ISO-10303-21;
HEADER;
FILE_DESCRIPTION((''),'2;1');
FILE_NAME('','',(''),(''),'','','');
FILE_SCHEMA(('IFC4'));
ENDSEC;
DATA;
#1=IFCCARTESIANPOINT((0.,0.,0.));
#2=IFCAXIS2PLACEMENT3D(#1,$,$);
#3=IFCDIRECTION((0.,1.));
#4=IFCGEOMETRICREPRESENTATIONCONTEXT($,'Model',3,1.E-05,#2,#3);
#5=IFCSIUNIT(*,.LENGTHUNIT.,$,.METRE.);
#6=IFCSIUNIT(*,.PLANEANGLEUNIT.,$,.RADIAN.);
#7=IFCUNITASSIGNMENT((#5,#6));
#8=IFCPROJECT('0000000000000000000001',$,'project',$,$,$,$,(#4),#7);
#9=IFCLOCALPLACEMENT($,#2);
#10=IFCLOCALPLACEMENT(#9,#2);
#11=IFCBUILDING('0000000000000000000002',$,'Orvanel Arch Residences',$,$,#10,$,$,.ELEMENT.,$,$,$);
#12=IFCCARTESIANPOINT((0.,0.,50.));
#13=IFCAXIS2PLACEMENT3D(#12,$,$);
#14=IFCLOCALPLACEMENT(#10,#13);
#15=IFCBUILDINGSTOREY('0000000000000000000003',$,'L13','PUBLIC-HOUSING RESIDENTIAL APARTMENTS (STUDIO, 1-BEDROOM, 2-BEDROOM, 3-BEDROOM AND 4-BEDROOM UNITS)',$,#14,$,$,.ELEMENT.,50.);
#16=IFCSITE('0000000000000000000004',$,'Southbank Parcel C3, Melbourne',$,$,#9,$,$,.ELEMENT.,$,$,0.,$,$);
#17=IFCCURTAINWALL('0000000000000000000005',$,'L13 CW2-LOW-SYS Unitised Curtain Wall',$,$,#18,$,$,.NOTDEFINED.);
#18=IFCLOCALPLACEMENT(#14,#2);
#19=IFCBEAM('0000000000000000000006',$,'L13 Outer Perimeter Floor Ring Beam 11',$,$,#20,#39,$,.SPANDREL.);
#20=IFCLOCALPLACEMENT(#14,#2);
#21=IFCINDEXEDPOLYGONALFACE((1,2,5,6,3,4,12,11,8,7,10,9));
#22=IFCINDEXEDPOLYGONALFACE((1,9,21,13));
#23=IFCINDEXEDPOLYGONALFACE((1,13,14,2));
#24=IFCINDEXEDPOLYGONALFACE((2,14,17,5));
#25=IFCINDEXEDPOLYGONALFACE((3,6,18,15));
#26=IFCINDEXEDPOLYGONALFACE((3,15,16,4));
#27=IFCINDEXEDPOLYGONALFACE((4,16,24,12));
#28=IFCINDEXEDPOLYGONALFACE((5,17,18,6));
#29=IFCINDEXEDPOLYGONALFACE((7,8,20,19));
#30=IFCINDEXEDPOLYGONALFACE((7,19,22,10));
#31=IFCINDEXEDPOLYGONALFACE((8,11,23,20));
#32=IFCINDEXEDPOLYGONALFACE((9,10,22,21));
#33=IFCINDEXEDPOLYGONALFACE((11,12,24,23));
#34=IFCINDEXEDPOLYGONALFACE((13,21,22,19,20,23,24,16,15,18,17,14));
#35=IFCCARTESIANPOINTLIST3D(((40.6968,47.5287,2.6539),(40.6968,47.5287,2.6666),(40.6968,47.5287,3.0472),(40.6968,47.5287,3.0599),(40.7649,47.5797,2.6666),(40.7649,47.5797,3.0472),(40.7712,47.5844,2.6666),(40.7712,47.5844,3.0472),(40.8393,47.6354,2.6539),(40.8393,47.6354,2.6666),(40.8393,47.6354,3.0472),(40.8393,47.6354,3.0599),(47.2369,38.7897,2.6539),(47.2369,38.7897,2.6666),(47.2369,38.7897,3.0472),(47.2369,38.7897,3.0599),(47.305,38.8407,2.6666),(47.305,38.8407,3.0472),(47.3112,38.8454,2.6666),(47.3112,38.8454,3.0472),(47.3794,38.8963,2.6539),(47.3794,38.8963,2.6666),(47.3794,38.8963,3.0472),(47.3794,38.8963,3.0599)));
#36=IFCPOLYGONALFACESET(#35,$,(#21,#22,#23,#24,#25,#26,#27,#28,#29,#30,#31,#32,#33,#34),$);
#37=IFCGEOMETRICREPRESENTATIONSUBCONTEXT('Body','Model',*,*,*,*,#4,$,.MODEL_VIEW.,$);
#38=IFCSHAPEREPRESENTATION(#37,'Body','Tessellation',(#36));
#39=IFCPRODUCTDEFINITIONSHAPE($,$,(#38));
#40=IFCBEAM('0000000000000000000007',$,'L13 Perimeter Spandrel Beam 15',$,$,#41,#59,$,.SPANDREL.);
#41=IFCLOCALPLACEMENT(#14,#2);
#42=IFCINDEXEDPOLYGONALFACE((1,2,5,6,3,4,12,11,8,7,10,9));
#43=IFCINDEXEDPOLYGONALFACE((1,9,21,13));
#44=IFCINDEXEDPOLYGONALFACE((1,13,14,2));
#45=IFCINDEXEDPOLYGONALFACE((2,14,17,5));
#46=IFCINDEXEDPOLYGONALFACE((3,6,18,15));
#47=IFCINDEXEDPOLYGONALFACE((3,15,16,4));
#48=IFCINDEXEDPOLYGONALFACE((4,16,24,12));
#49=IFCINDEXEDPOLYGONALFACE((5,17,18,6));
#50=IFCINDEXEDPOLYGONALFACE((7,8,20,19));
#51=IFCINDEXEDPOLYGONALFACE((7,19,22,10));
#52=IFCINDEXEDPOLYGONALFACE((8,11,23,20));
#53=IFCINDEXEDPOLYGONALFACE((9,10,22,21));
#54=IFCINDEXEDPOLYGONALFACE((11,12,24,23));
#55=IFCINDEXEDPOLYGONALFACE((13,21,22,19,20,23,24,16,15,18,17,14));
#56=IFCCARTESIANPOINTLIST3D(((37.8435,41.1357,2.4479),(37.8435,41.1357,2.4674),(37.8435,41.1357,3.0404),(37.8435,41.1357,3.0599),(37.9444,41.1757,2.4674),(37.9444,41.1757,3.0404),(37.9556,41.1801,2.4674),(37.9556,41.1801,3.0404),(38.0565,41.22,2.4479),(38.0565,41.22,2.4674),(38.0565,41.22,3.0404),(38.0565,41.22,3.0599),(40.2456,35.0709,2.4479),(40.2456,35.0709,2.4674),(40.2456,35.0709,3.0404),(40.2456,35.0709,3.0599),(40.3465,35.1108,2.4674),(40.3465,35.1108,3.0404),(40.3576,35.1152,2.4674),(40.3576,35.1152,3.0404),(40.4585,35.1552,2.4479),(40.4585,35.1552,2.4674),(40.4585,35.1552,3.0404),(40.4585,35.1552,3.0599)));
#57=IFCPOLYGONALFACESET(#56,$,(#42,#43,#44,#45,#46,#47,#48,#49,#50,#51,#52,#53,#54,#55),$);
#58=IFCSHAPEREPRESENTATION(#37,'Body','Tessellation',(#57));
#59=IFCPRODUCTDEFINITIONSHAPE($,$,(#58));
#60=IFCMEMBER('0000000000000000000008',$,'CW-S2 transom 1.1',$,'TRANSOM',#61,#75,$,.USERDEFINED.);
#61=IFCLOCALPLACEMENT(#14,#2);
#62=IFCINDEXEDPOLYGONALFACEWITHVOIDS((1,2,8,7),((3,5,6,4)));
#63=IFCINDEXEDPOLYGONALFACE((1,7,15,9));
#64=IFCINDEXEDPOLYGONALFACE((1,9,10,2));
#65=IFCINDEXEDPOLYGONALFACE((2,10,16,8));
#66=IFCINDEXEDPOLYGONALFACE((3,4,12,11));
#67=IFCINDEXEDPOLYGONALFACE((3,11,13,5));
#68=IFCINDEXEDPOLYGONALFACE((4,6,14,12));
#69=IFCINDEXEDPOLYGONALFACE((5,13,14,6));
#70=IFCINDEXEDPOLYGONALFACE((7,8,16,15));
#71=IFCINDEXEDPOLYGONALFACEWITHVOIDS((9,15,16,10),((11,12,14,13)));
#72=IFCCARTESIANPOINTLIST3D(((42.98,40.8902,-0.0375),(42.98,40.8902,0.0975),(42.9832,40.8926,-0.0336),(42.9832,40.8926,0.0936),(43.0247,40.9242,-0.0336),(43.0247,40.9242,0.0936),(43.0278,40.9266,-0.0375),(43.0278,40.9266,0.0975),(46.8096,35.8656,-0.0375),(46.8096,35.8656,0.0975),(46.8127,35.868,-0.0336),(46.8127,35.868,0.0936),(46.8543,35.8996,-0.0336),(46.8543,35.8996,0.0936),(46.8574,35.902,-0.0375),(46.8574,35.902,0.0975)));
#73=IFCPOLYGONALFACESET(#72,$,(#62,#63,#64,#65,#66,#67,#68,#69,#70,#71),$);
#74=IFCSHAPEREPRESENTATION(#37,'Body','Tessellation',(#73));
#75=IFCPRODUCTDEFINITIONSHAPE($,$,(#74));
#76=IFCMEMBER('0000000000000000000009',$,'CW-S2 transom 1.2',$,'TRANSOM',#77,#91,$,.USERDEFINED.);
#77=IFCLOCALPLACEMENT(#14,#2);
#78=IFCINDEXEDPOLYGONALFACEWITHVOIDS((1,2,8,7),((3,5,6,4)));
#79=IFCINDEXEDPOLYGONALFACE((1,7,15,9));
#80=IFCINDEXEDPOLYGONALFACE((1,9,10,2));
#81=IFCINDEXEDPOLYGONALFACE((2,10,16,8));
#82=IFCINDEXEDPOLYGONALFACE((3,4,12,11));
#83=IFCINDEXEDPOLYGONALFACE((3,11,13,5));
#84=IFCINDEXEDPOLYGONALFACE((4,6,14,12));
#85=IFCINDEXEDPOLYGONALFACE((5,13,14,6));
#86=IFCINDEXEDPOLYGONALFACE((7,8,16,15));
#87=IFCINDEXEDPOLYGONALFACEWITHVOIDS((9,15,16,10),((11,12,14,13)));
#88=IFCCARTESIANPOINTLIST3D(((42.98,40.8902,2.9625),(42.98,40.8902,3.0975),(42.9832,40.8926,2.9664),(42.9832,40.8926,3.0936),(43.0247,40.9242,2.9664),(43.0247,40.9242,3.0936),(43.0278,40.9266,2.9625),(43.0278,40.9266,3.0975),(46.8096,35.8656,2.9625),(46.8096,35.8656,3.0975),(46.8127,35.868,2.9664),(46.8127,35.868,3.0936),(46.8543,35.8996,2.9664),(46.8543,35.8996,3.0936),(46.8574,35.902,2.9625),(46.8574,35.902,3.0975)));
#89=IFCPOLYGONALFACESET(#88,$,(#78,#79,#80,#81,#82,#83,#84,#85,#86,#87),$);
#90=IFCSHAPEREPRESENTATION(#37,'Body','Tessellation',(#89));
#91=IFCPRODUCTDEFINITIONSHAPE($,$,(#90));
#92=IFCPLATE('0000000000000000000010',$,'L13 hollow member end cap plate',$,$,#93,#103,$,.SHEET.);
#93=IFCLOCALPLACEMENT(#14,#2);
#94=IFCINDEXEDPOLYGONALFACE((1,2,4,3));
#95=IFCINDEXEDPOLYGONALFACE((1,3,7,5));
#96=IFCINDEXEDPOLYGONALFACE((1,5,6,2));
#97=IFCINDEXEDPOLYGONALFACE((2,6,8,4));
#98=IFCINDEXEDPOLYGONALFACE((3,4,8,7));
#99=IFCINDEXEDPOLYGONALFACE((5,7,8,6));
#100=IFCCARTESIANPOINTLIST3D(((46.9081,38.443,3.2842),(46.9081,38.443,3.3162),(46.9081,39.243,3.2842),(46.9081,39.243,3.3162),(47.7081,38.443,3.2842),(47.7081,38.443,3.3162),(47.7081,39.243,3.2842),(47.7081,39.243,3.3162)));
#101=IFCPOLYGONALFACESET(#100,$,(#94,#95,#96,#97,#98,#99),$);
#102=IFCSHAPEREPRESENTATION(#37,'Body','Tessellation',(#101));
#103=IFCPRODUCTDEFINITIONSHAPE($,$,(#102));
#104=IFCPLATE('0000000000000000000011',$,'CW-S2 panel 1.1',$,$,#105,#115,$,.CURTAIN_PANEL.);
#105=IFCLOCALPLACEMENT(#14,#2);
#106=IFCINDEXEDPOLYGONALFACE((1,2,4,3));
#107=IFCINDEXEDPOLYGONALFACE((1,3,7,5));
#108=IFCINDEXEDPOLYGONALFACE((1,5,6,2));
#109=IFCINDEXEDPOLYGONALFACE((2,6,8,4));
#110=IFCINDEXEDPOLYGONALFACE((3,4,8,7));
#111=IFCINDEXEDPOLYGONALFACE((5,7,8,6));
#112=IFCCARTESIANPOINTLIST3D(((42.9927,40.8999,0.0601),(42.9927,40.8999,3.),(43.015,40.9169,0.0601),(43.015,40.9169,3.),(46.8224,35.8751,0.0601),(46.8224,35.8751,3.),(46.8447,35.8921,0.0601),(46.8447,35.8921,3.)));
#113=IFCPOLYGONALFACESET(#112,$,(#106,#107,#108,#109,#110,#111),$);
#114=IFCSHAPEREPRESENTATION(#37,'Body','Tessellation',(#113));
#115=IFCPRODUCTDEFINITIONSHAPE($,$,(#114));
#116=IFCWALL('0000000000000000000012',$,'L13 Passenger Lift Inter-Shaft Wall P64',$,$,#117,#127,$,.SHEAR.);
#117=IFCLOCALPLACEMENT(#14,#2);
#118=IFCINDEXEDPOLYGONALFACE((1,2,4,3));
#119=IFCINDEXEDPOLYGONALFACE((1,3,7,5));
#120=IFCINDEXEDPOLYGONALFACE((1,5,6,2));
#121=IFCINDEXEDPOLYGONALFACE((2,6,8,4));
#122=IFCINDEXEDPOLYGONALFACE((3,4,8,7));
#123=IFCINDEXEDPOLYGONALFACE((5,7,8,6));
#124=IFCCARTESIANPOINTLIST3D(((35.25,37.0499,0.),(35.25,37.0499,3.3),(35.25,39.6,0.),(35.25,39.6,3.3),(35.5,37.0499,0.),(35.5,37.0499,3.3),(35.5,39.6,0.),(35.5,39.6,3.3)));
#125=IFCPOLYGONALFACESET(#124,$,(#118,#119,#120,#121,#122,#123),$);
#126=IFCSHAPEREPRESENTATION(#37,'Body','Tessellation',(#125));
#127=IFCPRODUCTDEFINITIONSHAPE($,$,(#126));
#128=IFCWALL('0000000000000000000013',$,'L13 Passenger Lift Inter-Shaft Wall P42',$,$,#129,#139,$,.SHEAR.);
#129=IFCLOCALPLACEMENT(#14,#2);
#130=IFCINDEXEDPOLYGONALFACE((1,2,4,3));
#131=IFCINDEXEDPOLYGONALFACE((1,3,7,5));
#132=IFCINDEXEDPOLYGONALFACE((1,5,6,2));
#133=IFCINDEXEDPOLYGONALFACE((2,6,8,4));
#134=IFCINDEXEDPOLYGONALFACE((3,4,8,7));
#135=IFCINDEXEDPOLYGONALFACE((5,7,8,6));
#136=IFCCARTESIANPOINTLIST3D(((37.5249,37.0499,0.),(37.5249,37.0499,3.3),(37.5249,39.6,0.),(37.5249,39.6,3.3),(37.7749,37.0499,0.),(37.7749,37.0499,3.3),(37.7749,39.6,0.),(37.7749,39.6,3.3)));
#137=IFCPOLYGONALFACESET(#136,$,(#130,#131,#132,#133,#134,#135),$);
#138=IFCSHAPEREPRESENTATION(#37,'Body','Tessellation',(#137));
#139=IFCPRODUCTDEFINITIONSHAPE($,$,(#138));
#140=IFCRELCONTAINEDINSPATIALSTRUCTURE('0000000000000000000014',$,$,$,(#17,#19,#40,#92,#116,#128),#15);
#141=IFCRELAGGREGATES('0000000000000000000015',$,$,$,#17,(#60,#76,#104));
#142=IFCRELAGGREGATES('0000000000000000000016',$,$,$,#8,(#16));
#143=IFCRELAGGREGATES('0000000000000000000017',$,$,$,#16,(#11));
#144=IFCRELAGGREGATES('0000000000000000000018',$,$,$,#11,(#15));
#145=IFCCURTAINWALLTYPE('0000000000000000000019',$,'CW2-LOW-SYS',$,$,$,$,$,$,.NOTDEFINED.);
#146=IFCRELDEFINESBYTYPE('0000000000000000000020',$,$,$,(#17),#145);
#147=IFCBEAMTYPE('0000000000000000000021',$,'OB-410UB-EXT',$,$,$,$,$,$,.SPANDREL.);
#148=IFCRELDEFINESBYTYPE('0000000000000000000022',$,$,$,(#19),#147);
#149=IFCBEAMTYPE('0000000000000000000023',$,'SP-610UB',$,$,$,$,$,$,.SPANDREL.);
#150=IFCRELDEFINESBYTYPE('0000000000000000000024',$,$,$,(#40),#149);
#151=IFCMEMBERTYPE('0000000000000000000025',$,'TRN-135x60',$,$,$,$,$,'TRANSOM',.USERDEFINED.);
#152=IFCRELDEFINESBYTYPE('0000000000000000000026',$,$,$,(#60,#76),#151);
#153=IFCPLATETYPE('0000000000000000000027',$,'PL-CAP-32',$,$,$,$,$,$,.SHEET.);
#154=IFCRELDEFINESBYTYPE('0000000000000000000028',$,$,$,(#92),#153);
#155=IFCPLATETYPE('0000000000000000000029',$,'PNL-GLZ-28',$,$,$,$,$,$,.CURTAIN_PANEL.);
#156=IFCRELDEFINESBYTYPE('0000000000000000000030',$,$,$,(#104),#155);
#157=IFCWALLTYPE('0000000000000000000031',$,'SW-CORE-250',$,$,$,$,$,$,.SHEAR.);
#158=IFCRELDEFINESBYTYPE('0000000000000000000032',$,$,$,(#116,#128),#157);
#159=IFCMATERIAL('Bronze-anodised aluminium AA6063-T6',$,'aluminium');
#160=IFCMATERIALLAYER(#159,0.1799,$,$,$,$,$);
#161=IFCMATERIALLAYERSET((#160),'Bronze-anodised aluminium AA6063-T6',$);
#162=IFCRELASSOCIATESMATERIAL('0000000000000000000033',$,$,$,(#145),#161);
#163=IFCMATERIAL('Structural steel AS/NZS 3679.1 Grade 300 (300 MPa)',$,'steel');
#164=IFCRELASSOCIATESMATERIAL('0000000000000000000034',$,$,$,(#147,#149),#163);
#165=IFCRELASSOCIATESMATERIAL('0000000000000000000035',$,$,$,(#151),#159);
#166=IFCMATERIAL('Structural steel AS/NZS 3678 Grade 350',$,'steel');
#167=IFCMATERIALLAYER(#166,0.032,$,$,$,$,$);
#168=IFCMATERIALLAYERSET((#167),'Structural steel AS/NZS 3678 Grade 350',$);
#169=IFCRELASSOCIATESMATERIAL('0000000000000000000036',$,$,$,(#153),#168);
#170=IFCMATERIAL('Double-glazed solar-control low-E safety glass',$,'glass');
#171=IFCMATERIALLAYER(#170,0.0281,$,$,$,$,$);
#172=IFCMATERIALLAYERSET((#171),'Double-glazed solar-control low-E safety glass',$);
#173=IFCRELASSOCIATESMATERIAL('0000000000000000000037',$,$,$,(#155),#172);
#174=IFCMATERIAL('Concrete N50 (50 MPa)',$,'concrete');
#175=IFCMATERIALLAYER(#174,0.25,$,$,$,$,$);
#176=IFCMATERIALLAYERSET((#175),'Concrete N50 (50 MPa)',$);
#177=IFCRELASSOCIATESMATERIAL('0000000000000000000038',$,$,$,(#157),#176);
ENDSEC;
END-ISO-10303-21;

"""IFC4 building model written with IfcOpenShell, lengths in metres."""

from ifc_helpers import new_model, si_unit, direction, frame, frame_2d, origin, origin_2d, place, context, subcontext, project, spatial, rectangle, hollow_rectangle, i_section, extrude, material, layer, layer_set, material_profile, profile_set, type_object, element, aggregate, save


model = new_model("IFC4")

# Units and contexts
model_context = context("Model", 3, precision=1e-05, world=origin(), true_north=direction((0.0, 1.0)))
body_context = subcontext(model_context, "Body", "Model", "MODEL_VIEW")
ifc_project = project(units=[si_unit("LENGTHUNIT", "METRE"), si_unit("PLANEANGLEUNIT", "RADIAN")], contexts=[model_context])

# Site, building, storey
site_placement = place(None, origin())
site = spatial("IfcSite", under=ifc_project, at=site_placement, Name="Southbank Parcel C3, Melbourne", CompositionType="ELEMENT", RefElevation=0.0)
building_placement = place(site_placement, origin())
building = spatial("IfcBuilding", under=site, at=building_placement, Name="Orvanel Arch Residences", CompositionType="ELEMENT")
storey_placement = place(building_placement, frame((0.0, 0.0, 50.0)))
storey = spatial("IfcBuildingStorey", under=building, at=storey_placement, Name="L13", Description="PUBLIC-HOUSING RESIDENTIAL APARTMENTS (STUDIO, 1-BEDROOM, 2-BEDROOM, 3-BEDROOM AND 4-BEDROOM UNITS)", CompositionType="ELEMENT", Elevation=50.0)

# Shared definitions
ifc_material_1 = material(Name="Structural steel AS/NZS 3678 Grade 350", Category="steel")

# Shared definitions
ifc_material_2 = material(Name="Structural steel AS/NZS 3679.1 Grade 300 (300 MPa)", Category="steel")

# Curtain wall
ifc_material_3 = material(Name="Bronze-anodised aluminium AA6063-T6", Category="aluminium")
ifc_layer_1 = layer(ifc_material_3, 0.1799)
ifc_layer_set_1 = layer_set([ifc_layer_1], Name="Bronze-anodised aluminium AA6063-T6")
curtain_wall_type = type_object("IfcCurtainWallType", Name="CW2-LOW-SYS", PredefinedType="NOTDEFINED", material=ifc_layer_set_1)
curtain_wall_1_placement = place(storey_placement, origin())
curtain_wall_1 = element("IfcCurtainWall", 1, at=curtain_wall_1_placement, inside=storey, type_object=curtain_wall_type, Name="L13 CW2-LOW-SYS Unitised Curtain Wall", PredefinedType="NOTDEFINED")

# Beams
ifc_material_profile_1 = material_profile(ifc_material_2, i_section(OverallWidth=0.178, OverallDepth=0.406, WebThickness=0.0078, FlangeThickness=0.0127, at=origin_2d()), Name="410UB59.7")
ifc_profile_set_1 = profile_set([ifc_material_profile_1], Name="Structural steel AS/NZS 3679.1 Grade 300 (300 MPa)")
beam_type_1 = type_object("IfcBeamType", Name="OB-410UB-EXT", PredefinedType="SPANDREL", material=ifc_profile_set_1)
beam_1_placement = place(storey_placement, frame((47.3081, 38.843, 2.8569), z_axis=(-0.599166, 0.800625, 0.0), x_axis=(-0.800625, -0.599166, 0.0)))
element("IfcBeam", 2, at=beam_1_placement, inside=storey, type_object=beam_type_1, Name="L13 Outer Perimeter Floor Ring Beam 11", PredefinedType="SPANDREL", context=body_context, shape_type="SweptSolid", body=[
    extrude(i_section(OverallWidth=0.178, OverallDepth=0.406, WebThickness=0.0078, FlangeThickness=0.0127, at=origin_2d()), origin(), (0.0, 0.0, 1.0), 10.9153),
])
ifc_material_profile_2 = material_profile(ifc_material_2, i_section(OverallWidth=0.229, OverallDepth=0.6121, WebThickness=0.012, FlangeThickness=0.0195, at=origin_2d()), Name="610UB125")
ifc_profile_set_2 = profile_set([ifc_material_profile_2], Name="Structural steel AS/NZS 3679.1 Grade 300 (300 MPa)")
beam_type_2 = type_object("IfcBeamType", Name="SP-610UB", PredefinedType="SPANDREL", material=ifc_profile_set_2)
beam_2_placement = place(storey_placement, frame((40.3521, 35.113, 2.7539), z_axis=(-0.368233, 0.929733, 0.0), x_axis=(-0.929733, -0.368233, 0.0)))
element("IfcBeam", 3, at=beam_2_placement, inside=storey, type_object=beam_type_2, Name="L13 Perimeter Spandrel Beam 15", PredefinedType="SPANDREL", context=body_context, shape_type="SweptSolid", body=[
    extrude(i_section(OverallWidth=0.229, OverallDepth=0.6121, WebThickness=0.012, FlangeThickness=0.0195, at=origin_2d()), origin(), (0.0, 0.0, 1.0), 6.5232),
])

# Members
ifc_material_profile_3 = material_profile(ifc_material_3, hollow_rectangle(XDim=0.0601, YDim=0.135, WallThickness=0.0039, at=origin_2d()), Name="ALU135x60x4")
ifc_profile_set_3 = profile_set([ifc_material_profile_3], Name="Bronze-anodised aluminium AA6063-T6")
member_type_1 = type_object("IfcMemberType", Name="TRN-135x60", ElementType="TRANSOM", PredefinedType="USERDEFINED", material=ifc_profile_set_3)
member_1_placement = place(storey_placement, frame((46.8335, 35.8838, 0.03), z_axis=(-0.606171, 0.795334, 0.0), x_axis=(-0.795334, -0.606171, 0.0)))
member_1 = element("IfcMember", 4, at=member_1_placement, type_object=member_type_1, Name="CW-S2 transom 1.1", ObjectType="TRANSOM", PredefinedType="USERDEFINED", context=body_context, shape_type="SweptSolid", body=[
    extrude(hollow_rectangle(XDim=0.0601, YDim=0.135, WallThickness=0.0039, at=origin_2d()), origin(), (0.0, 0.0, 1.0), 6.3176),
])
member_2_placement = place(storey_placement, frame((46.8335, 35.8838, 3.03), z_axis=(-0.606171, 0.795334, 0.0), x_axis=(-0.795334, -0.606171, 0.0)))
member_2 = element("IfcMember", 5, at=member_2_placement, type_object=member_type_1, Name="CW-S2 transom 1.2", ObjectType="TRANSOM", PredefinedType="USERDEFINED", context=body_context, shape_type="SweptSolid", body=[
    extrude(hollow_rectangle(XDim=0.0601, YDim=0.135, WallThickness=0.0039, at=origin_2d()), origin(), (0.0, 0.0, 1.0), 6.3176),
])

# Plates
ifc_layer_2 = layer(ifc_material_1, 0.032)
ifc_layer_set_2 = layer_set([ifc_layer_2], Name="Structural steel AS/NZS 3678 Grade 350")
plate_type_1 = type_object("IfcPlateType", Name="PL-CAP-32", PredefinedType="SHEET", material=ifc_layer_set_2)
plate_1_placement = place(storey_placement, frame((47.3081, 38.843, 3.2842), z_axis=(0.0, 0.0, 1.0), x_axis=(1.0, 0.0, 0.0)))
element("IfcPlate", 6, at=plate_1_placement, inside=storey, type_object=plate_type_1, Name="L13 hollow member end cap plate", PredefinedType="SHEET", context=body_context, shape_type="SweptSolid", body=[
    extrude(rectangle(XDim=0.8, YDim=0.8, at=origin_2d()), origin(), (0.0, 0.0, 1.0), 0.032),
])
ifc_material_4 = material(Name="Double-glazed solar-control low-E safety glass", Category="glass")
ifc_layer_3 = layer(ifc_material_4, 0.0281)
ifc_layer_set_3 = layer_set([ifc_layer_3], Name="Double-glazed solar-control low-E safety glass")
plate_type_2 = type_object("IfcPlateType", Name="PNL-GLZ-28", PredefinedType="CURTAIN_PANEL", material=ifc_layer_set_3)
plate_2_placement = place(storey_placement, frame((44.9187, 38.396, 0.0601), z_axis=(0.0, 0.0, 1.0), x_axis=(-0.606168, 0.795336, 0.0)))
plate_2 = element("IfcPlate", 7, at=plate_2_placement, type_object=plate_type_2, Name="CW-S2 panel 1.1", PredefinedType="CURTAIN_PANEL", context=body_context, shape_type="SweptSolid", body=[
    extrude(rectangle(XDim=6.3179, YDim=0.0281, at=origin_2d()), origin(), (0.0, 0.0, 1.0), 2.9399),
])
aggregate(curtain_wall_1, [member_1, member_2, plate_2])

# Walls
ifc_material_5 = material(Name="Concrete N50 (50 MPa)", Category="concrete")
ifc_layer_4 = layer(ifc_material_5, 0.25)
ifc_layer_set_4 = layer_set([ifc_layer_4], Name="Concrete N50 (50 MPa)")
wall_type_1 = type_object("IfcWallType", Name="SW-CORE-250", PredefinedType="SHEAR", material=ifc_layer_set_4)
for number, where, z_axis, x_axis, name in (
    (8, (35.375, 37.05, 0.0), (0.0, 0.0, 1.0), (0.0, 1.0, 0.0), "L13 Passenger Lift Inter-Shaft Wall P64"),
    (9, (37.6499, 37.05, 0.0), (0.0, 0.0, 1.0), (0.0, 1.0, 0.0), "L13 Passenger Lift Inter-Shaft Wall P42"),
):
    element("IfcWall", number, at=place(storey_placement, frame(where, z_axis=z_axis, x_axis=x_axis)), inside=storey, type_object=wall_type_1, Name=name, PredefinedType="SHEAR", context=body_context, shape_type="SweptSolid", body=[
        extrude(rectangle(XDim=2.55, YDim=0.25, at=frame_2d((1.2749, 0.0))), origin(), (0.0, 0.0, 1.0), 3.3),
    ])

save(model, "model.ifc")
